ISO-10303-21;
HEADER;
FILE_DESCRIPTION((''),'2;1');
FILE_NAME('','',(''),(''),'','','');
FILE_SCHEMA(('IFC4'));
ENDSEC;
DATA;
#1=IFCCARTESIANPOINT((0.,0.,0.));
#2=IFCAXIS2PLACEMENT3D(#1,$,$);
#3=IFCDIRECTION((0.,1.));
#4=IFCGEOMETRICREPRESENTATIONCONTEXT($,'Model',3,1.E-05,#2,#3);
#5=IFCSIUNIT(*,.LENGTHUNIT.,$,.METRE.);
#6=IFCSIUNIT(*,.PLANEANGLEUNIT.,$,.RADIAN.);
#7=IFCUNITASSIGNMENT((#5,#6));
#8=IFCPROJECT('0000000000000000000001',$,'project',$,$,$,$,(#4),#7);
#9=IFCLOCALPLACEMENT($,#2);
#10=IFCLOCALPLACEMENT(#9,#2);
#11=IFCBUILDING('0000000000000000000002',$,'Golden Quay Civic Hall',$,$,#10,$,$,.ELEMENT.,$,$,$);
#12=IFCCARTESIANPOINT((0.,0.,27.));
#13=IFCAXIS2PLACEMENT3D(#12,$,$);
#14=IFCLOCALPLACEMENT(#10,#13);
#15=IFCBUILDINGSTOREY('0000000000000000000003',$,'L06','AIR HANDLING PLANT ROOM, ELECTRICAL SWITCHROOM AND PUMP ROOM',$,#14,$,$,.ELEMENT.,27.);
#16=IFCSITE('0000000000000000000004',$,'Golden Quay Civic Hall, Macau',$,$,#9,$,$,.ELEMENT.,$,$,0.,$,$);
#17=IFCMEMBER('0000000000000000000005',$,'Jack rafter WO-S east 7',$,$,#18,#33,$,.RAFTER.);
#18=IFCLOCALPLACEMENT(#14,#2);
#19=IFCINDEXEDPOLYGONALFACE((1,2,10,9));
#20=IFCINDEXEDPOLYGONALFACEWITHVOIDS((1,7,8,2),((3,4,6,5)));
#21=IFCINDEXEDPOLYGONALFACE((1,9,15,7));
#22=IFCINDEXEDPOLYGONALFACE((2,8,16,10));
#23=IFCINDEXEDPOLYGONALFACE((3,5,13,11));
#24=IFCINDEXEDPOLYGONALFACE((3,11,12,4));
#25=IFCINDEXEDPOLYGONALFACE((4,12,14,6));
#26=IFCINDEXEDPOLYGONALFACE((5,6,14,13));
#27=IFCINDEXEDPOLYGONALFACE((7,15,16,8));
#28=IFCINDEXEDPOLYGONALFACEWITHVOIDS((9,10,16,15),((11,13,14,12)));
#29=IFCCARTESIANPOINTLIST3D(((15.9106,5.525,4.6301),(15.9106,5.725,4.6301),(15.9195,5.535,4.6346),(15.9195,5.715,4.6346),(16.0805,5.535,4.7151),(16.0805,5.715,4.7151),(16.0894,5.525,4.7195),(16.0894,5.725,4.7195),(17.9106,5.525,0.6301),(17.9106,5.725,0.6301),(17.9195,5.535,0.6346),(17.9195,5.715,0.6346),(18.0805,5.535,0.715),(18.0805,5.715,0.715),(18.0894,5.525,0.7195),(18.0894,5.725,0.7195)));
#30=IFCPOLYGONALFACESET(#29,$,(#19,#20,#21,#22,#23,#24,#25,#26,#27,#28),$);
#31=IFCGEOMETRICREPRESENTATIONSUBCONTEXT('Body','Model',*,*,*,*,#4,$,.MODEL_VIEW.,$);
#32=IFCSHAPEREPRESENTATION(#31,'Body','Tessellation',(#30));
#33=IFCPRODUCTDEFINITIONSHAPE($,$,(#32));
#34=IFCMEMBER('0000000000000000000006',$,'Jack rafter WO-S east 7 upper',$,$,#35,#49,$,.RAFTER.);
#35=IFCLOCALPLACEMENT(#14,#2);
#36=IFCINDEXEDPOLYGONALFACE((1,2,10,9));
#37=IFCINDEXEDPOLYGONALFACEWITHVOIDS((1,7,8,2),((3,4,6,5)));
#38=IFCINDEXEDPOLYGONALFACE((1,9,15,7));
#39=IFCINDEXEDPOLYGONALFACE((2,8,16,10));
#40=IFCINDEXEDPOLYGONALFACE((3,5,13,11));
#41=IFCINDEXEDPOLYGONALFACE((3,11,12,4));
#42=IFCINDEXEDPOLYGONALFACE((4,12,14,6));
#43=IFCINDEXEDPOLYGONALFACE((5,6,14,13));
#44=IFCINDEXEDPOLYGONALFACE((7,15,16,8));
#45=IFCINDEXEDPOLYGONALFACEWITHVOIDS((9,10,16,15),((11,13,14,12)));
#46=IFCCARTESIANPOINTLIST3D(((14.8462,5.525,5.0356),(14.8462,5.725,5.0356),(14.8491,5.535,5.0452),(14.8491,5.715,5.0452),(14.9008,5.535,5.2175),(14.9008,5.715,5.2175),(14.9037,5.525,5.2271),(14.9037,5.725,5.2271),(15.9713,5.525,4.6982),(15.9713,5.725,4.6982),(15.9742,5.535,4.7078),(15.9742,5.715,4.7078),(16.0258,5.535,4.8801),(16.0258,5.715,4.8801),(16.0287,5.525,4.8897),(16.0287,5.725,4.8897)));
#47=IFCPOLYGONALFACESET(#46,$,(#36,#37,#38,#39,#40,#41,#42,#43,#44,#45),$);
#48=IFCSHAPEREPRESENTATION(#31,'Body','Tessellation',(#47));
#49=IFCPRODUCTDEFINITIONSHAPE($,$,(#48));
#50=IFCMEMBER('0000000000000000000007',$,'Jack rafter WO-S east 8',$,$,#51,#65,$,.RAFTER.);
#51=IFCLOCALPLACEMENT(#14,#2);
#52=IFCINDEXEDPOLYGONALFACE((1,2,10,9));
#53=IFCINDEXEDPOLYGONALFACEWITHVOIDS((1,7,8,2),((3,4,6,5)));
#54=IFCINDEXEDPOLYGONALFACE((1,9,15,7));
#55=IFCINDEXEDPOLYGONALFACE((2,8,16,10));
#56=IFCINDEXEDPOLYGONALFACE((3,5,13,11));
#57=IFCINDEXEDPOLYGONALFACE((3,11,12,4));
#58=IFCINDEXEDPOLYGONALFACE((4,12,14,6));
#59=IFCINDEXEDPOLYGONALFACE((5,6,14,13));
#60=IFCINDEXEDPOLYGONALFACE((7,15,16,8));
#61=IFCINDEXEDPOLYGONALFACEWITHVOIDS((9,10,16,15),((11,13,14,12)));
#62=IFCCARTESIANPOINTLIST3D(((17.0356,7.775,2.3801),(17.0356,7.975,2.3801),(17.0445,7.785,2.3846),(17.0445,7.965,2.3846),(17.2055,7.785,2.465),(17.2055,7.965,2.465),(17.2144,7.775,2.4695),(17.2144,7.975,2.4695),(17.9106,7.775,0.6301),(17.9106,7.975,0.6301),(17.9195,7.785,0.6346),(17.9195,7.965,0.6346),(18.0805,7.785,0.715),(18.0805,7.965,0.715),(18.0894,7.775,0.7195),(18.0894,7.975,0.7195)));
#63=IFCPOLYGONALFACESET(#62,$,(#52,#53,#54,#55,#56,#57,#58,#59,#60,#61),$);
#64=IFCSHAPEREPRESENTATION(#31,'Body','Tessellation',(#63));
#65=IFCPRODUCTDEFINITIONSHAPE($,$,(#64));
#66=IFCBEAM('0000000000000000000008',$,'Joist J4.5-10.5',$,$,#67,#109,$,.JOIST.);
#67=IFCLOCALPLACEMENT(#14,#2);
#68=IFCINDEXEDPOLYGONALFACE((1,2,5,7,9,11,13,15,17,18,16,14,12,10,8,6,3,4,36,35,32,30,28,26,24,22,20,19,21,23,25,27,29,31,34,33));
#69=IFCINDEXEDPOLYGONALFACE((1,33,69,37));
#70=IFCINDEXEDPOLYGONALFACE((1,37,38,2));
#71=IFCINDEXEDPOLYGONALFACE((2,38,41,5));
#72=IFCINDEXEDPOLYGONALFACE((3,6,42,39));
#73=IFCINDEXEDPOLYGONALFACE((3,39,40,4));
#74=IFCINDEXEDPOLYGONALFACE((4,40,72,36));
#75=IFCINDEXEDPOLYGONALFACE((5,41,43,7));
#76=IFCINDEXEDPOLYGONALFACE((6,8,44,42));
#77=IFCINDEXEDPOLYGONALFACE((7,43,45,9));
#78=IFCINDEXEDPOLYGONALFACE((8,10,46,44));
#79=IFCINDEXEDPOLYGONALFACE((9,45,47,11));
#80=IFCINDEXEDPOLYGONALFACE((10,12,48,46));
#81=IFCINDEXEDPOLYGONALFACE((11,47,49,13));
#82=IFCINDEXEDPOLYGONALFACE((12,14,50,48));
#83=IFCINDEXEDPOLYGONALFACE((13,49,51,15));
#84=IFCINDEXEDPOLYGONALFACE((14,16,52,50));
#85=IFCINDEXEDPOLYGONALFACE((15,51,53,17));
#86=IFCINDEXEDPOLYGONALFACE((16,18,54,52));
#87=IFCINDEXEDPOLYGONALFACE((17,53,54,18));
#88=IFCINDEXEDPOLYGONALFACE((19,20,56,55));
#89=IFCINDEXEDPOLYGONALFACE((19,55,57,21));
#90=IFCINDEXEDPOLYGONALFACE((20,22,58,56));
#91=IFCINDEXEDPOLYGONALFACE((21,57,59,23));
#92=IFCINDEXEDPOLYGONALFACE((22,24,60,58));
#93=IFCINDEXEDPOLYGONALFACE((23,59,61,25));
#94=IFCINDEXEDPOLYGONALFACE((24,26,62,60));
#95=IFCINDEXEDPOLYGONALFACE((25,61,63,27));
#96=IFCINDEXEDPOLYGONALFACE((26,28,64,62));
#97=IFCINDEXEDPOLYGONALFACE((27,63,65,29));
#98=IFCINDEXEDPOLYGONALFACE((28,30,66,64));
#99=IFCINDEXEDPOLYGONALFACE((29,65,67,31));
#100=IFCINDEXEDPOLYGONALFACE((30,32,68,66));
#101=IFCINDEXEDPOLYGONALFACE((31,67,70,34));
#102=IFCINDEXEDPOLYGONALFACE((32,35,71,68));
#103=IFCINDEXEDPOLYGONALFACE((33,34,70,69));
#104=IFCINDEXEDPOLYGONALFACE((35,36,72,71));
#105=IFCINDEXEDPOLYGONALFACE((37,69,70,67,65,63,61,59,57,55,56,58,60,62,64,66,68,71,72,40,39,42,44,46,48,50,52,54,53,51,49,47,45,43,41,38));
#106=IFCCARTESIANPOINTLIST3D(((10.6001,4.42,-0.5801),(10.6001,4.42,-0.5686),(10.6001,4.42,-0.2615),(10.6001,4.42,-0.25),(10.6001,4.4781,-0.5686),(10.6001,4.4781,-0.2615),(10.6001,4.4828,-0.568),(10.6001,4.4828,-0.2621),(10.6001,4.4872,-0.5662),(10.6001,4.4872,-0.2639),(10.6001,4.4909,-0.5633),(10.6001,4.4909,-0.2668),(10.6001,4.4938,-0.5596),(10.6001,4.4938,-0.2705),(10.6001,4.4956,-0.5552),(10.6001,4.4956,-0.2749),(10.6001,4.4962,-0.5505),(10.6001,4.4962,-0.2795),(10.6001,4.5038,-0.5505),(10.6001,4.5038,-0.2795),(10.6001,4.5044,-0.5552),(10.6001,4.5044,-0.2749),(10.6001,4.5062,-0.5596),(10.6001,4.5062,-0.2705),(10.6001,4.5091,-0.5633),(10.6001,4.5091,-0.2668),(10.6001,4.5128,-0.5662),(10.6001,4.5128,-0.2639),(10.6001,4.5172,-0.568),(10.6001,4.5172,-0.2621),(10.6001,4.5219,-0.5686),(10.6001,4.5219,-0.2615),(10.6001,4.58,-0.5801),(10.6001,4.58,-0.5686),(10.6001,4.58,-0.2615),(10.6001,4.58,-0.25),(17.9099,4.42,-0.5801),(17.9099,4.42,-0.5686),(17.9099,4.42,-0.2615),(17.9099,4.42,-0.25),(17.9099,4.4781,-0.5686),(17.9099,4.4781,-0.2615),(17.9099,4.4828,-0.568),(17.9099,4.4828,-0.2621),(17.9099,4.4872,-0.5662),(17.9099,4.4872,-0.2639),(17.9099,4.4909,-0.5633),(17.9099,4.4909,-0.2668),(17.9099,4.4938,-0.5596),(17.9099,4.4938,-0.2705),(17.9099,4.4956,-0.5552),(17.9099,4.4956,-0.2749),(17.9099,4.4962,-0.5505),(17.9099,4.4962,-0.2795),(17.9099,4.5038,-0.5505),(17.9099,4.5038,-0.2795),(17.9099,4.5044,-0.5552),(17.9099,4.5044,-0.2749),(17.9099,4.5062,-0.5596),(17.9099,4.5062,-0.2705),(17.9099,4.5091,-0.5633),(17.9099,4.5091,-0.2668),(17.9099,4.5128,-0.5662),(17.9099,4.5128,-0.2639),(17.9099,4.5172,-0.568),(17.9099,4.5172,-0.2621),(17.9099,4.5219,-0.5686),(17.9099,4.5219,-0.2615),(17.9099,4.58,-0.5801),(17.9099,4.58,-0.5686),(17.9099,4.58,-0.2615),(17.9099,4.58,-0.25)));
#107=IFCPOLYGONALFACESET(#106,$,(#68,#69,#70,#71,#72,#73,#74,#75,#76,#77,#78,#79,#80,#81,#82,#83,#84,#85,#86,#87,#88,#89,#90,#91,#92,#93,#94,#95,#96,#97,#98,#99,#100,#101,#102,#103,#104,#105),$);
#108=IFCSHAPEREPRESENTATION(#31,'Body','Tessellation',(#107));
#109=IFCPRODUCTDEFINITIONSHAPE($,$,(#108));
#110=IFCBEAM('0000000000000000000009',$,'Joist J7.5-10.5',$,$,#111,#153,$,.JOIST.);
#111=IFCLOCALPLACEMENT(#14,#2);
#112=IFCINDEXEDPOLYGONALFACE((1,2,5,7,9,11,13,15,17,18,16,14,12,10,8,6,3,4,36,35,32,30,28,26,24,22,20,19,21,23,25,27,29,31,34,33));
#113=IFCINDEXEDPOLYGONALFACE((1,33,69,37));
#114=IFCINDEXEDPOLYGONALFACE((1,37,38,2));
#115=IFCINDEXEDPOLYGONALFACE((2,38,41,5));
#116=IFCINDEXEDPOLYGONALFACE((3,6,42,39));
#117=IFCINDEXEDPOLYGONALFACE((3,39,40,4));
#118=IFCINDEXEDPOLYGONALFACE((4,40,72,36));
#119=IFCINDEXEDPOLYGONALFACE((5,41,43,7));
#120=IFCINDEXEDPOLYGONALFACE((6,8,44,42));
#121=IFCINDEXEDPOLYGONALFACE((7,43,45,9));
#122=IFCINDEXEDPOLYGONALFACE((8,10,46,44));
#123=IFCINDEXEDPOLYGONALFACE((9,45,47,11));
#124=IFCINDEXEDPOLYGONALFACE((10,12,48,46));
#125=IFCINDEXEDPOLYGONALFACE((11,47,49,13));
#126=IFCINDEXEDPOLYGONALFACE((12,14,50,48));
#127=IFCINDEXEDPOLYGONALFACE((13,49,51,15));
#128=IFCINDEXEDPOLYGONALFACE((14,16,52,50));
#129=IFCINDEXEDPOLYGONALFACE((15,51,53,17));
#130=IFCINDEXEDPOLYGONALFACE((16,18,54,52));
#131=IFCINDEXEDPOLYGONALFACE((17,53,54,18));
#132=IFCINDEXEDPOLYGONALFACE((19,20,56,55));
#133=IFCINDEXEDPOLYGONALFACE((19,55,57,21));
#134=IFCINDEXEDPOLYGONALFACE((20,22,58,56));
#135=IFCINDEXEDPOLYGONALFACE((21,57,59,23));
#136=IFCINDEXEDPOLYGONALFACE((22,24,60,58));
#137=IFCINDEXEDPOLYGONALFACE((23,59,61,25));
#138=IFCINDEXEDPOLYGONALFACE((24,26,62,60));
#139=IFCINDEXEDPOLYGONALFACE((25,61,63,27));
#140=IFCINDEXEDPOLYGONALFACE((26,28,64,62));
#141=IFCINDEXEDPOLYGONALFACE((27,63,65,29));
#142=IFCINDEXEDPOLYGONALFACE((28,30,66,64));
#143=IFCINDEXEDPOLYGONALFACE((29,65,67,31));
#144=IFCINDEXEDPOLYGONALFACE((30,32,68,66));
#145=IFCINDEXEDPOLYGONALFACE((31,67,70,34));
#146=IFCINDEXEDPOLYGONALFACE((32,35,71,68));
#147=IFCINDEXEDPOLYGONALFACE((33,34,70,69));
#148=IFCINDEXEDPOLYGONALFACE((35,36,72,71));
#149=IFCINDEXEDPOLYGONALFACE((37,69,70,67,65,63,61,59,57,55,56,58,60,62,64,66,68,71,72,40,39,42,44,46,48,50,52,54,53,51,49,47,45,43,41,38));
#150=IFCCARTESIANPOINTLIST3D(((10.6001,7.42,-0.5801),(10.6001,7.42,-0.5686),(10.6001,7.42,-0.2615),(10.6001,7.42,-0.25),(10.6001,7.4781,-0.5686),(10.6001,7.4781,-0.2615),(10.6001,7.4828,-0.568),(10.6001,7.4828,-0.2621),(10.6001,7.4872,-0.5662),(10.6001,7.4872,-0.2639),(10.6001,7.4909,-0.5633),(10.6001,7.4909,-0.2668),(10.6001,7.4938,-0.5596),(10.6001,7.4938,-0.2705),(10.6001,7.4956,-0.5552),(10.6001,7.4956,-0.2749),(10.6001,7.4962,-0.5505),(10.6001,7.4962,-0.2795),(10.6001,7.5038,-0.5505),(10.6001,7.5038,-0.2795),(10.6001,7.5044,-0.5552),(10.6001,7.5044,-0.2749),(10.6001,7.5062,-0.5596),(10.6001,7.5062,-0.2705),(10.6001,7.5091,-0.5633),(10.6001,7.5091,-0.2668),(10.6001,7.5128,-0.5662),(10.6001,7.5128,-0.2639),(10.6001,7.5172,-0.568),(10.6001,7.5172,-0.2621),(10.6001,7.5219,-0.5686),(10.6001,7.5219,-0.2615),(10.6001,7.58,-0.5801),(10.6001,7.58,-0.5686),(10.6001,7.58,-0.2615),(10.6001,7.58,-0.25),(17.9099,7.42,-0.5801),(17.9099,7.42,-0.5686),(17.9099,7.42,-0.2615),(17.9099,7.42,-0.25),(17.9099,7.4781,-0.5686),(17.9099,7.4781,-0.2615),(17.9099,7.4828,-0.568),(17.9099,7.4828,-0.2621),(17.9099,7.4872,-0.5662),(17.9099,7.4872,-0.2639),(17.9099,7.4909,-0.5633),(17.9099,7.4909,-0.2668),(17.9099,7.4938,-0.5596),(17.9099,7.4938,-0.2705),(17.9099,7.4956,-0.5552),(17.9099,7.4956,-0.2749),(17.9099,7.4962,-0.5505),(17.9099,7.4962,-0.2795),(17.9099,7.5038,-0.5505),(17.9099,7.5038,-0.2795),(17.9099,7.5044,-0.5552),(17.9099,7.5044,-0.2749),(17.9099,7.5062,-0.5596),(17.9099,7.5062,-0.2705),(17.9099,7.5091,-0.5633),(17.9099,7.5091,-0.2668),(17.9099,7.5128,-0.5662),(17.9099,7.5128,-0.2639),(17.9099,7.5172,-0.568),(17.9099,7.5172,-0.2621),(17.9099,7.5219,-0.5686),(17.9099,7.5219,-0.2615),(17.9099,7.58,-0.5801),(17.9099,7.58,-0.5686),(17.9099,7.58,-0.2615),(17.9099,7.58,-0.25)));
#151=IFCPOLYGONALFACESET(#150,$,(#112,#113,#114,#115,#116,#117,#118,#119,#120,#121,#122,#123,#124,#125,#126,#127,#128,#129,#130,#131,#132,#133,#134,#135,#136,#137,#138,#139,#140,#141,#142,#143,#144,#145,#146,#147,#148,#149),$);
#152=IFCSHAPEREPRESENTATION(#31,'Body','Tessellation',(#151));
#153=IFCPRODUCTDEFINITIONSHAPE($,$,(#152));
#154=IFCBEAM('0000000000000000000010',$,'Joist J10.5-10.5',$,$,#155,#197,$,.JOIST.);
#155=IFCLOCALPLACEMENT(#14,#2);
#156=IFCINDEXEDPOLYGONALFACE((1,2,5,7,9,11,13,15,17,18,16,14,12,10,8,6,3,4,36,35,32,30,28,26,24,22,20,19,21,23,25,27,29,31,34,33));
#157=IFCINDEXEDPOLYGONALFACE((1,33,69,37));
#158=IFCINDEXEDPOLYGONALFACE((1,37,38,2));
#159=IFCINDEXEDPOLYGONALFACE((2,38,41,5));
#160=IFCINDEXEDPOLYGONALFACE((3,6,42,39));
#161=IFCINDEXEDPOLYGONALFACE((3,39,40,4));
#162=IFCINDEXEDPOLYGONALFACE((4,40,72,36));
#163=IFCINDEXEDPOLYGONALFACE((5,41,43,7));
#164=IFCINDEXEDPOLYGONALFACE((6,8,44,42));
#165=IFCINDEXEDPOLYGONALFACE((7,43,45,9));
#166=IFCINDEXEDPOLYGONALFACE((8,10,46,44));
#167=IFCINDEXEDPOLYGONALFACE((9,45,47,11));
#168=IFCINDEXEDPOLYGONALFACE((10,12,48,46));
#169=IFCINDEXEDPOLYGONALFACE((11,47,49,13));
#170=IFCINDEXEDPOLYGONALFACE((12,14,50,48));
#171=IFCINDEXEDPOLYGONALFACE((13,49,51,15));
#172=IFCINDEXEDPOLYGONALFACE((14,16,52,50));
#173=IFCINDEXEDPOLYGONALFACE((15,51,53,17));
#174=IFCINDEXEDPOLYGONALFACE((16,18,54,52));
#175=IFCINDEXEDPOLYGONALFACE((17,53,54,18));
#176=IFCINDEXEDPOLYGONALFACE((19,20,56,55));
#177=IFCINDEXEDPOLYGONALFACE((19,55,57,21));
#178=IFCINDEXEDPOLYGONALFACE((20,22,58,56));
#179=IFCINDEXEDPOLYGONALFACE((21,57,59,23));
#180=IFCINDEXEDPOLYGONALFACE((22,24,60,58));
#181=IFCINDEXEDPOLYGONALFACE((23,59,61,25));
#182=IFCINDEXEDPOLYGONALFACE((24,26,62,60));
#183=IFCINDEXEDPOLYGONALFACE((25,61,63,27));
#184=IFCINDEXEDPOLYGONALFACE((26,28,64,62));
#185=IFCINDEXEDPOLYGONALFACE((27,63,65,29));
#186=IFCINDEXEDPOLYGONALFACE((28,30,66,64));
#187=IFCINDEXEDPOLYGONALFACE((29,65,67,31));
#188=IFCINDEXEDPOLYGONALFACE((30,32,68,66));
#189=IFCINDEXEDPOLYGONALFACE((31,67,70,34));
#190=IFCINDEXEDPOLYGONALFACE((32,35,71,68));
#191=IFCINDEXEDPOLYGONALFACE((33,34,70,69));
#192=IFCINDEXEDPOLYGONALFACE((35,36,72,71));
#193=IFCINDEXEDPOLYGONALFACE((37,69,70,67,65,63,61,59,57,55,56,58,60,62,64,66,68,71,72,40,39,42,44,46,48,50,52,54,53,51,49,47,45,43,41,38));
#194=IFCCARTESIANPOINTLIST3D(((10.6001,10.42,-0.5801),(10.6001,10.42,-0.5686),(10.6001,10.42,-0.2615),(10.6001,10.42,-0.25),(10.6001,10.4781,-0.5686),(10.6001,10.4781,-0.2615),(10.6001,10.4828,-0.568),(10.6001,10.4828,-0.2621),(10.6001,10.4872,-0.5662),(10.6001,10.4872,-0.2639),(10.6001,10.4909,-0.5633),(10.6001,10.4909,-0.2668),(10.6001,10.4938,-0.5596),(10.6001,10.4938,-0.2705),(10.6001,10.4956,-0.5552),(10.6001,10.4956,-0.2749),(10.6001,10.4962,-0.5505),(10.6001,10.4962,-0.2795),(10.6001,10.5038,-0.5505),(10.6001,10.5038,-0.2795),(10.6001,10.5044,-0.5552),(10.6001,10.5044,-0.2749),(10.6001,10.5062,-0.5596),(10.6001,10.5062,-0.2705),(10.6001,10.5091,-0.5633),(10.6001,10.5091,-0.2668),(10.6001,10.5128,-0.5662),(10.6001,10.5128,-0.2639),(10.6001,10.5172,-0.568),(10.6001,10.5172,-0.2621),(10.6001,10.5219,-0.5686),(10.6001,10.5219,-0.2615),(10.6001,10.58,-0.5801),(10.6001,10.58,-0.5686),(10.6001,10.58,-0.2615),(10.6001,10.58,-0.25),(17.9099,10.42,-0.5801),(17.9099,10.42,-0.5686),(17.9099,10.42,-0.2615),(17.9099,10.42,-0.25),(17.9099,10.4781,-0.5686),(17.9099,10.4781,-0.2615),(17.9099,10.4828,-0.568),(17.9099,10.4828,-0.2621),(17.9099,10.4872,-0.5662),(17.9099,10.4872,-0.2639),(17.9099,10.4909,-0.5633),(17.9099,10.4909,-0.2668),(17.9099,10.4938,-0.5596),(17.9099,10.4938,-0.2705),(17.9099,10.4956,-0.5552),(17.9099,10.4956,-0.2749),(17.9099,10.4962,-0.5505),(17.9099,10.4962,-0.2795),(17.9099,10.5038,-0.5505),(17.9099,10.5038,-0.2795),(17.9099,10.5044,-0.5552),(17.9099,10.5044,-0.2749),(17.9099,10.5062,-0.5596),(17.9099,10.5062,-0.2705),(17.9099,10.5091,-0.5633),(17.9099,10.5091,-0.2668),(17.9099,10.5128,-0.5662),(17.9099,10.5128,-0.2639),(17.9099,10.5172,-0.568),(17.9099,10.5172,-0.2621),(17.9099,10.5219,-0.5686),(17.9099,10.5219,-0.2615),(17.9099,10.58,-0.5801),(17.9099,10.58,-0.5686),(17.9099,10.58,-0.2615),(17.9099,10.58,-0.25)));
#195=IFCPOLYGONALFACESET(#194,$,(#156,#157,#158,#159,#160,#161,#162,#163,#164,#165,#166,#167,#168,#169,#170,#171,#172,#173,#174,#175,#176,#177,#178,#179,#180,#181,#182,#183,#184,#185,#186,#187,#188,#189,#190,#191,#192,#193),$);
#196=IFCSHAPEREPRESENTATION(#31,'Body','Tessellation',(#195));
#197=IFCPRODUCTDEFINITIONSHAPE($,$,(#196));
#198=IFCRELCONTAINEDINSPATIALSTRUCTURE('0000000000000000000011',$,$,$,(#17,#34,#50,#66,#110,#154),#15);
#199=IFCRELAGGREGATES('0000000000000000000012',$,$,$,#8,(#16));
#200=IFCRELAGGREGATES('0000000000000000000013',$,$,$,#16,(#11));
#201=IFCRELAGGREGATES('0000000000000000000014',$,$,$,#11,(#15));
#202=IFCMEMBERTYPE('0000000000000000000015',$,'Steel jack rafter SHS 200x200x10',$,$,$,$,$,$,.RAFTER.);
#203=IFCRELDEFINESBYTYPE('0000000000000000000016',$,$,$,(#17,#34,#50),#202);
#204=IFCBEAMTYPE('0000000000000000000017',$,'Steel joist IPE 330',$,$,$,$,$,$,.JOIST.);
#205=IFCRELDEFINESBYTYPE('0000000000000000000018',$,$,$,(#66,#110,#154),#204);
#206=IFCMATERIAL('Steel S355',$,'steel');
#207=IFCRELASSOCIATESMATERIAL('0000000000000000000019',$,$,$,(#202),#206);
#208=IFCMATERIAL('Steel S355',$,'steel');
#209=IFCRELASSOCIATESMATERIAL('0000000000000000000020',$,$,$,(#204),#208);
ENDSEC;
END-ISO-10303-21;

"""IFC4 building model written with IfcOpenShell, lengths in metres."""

from ifc_helpers import new_model, si_unit, direction, frame, origin, origin_2d, place, context, subcontext, project, spatial, hollow_rectangle, i_section, extrude, material, material_profile, profile_set, type_object, element, save


model = new_model("IFC4")

# Units and contexts
model_context = context("Model", 3, precision=1e-05, world=origin(), true_north=direction((0.0, 1.0)))
body_context = subcontext(model_context, "Body", "Model", "MODEL_VIEW")
ifc_project = project(units=[si_unit("LENGTHUNIT", "METRE"), si_unit("PLANEANGLEUNIT", "RADIAN")], contexts=[model_context])

# Site, building, storey
site_placement = place(None, origin())
site = spatial("IfcSite", under=ifc_project, at=site_placement, Name="Golden Quay Civic Hall, Macau", CompositionType="ELEMENT", RefElevation=0.0)
building_placement = place(site_placement, origin())
building = spatial("IfcBuilding", under=site, at=building_placement, Name="Golden Quay Civic Hall", CompositionType="ELEMENT")
storey_placement = place(building_placement, frame((0.0, 0.0, 27.0)))
storey = spatial("IfcBuildingStorey", under=building, at=storey_placement, Name="L06", Description="AIR HANDLING PLANT ROOM, ELECTRICAL SWITCHROOM AND PUMP ROOM", CompositionType="ELEMENT", Elevation=27.0)

# Members
ifc_material_1 = material(Name="Steel S355", Category="steel")
ifc_material_profile_1 = material_profile(ifc_material_1, hollow_rectangle(XDim=0.2, YDim=0.2, WallThickness=0.01, at=origin_2d()), Name="SHS 200x200x10")
ifc_profile_set_1 = profile_set([ifc_material_profile_1], Name="Steel S355")
member_type_1 = type_object("IfcMemberType", Name="Steel jack rafter SHS 200x200x10", PredefinedType="RAFTER", material=ifc_profile_set_1)
member_1_placement = place(storey_placement, frame((18.0, 5.625, 0.6748), z_axis=(-0.447214, 0.0, 0.894427), x_axis=(0.0, -1.0, 0.0)))
element("IfcMember", 1, at=member_1_placement, inside=storey, type_object=member_type_1, Name="Jack rafter WO-S east 7", PredefinedType="RAFTER", context=body_context, shape_type="SweptSolid", body=[
    extrude(hollow_rectangle(XDim=0.2, YDim=0.2, WallThickness=0.01, at=origin_2d()), origin(), (0.0, 0.0, 1.0), 4.4722),
])
member_2_placement = place(storey_placement, frame((16.0, 5.625, 4.7939), z_axis=(-0.957849, 0.0, 0.287272), x_axis=(0.0, -1.0, 0.0)))
element("IfcMember", 2, at=member_2_placement, inside=storey, type_object=member_type_1, Name="Jack rafter WO-S east 7 upper", PredefinedType="RAFTER", context=body_context, shape_type="SweptSolid", body=[
    extrude(hollow_rectangle(XDim=0.2, YDim=0.2, WallThickness=0.01, at=origin_2d()), origin(), (0.0, 0.0, 1.0), 1.1746),
])
member_3_placement = place(storey_placement, frame((18.0, 7.875, 0.6748), z_axis=(-0.447214, 0.0, 0.894427), x_axis=(0.0, -1.0, 0.0)))
element("IfcMember", 3, at=member_3_placement, inside=storey, type_object=member_type_1, Name="Jack rafter WO-S east 8", PredefinedType="RAFTER", context=body_context, shape_type="SweptSolid", body=[
    extrude(hollow_rectangle(XDim=0.2, YDim=0.2, WallThickness=0.01, at=origin_2d()), origin(), (0.0, 0.0, 1.0), 1.9565),
])

# Beams
ifc_material_2 = material(Name="Steel S355", Category="steel")
ifc_material_profile_2 = material_profile(ifc_material_2, i_section(OverallWidth=0.1599, OverallDepth=0.3301, WebThickness=0.0076, FlangeThickness=0.0115, FilletRadius=0.0181, at=origin_2d()), Name="IPE 330")
ifc_profile_set_2 = profile_set([ifc_material_profile_2], Name="Steel S355")
beam_type_1 = type_object("IfcBeamType", Name="Steel joist IPE 330", PredefinedType="JOIST", material=ifc_profile_set_2)
for number, where, z_axis, x_axis, name in (
    (4, (10.6001, 4.5, -0.415), (1.0, 0.0, 0.0), (0.0, 1.0, 0.0), "Joist J4.5-10.5"),
    (5, (10.6001, 7.5, -0.415), (1.0, 0.0, 0.0), (0.0, 1.0, 0.0), "Joist J7.5-10.5"),
    (6, (10.6001, 10.5, -0.415), (1.0, 0.0, 0.0), (0.0, 1.0, 0.0), "Joist J10.5-10.5"),
):
    element("IfcBeam", number, at=place(storey_placement, frame(where, z_axis=z_axis, x_axis=x_axis)), inside=storey, type_object=beam_type_1, Name=name, PredefinedType="JOIST", context=body_context, shape_type="SweptSolid", body=[
        extrude(i_section(OverallWidth=0.1599, OverallDepth=0.3301, WebThickness=0.0076, FlangeThickness=0.0115, FilletRadius=0.0181, at=origin_2d()), origin(), (0.0, 0.0, 1.0), 7.3098),
    ])

save(model, "model.ifc")
